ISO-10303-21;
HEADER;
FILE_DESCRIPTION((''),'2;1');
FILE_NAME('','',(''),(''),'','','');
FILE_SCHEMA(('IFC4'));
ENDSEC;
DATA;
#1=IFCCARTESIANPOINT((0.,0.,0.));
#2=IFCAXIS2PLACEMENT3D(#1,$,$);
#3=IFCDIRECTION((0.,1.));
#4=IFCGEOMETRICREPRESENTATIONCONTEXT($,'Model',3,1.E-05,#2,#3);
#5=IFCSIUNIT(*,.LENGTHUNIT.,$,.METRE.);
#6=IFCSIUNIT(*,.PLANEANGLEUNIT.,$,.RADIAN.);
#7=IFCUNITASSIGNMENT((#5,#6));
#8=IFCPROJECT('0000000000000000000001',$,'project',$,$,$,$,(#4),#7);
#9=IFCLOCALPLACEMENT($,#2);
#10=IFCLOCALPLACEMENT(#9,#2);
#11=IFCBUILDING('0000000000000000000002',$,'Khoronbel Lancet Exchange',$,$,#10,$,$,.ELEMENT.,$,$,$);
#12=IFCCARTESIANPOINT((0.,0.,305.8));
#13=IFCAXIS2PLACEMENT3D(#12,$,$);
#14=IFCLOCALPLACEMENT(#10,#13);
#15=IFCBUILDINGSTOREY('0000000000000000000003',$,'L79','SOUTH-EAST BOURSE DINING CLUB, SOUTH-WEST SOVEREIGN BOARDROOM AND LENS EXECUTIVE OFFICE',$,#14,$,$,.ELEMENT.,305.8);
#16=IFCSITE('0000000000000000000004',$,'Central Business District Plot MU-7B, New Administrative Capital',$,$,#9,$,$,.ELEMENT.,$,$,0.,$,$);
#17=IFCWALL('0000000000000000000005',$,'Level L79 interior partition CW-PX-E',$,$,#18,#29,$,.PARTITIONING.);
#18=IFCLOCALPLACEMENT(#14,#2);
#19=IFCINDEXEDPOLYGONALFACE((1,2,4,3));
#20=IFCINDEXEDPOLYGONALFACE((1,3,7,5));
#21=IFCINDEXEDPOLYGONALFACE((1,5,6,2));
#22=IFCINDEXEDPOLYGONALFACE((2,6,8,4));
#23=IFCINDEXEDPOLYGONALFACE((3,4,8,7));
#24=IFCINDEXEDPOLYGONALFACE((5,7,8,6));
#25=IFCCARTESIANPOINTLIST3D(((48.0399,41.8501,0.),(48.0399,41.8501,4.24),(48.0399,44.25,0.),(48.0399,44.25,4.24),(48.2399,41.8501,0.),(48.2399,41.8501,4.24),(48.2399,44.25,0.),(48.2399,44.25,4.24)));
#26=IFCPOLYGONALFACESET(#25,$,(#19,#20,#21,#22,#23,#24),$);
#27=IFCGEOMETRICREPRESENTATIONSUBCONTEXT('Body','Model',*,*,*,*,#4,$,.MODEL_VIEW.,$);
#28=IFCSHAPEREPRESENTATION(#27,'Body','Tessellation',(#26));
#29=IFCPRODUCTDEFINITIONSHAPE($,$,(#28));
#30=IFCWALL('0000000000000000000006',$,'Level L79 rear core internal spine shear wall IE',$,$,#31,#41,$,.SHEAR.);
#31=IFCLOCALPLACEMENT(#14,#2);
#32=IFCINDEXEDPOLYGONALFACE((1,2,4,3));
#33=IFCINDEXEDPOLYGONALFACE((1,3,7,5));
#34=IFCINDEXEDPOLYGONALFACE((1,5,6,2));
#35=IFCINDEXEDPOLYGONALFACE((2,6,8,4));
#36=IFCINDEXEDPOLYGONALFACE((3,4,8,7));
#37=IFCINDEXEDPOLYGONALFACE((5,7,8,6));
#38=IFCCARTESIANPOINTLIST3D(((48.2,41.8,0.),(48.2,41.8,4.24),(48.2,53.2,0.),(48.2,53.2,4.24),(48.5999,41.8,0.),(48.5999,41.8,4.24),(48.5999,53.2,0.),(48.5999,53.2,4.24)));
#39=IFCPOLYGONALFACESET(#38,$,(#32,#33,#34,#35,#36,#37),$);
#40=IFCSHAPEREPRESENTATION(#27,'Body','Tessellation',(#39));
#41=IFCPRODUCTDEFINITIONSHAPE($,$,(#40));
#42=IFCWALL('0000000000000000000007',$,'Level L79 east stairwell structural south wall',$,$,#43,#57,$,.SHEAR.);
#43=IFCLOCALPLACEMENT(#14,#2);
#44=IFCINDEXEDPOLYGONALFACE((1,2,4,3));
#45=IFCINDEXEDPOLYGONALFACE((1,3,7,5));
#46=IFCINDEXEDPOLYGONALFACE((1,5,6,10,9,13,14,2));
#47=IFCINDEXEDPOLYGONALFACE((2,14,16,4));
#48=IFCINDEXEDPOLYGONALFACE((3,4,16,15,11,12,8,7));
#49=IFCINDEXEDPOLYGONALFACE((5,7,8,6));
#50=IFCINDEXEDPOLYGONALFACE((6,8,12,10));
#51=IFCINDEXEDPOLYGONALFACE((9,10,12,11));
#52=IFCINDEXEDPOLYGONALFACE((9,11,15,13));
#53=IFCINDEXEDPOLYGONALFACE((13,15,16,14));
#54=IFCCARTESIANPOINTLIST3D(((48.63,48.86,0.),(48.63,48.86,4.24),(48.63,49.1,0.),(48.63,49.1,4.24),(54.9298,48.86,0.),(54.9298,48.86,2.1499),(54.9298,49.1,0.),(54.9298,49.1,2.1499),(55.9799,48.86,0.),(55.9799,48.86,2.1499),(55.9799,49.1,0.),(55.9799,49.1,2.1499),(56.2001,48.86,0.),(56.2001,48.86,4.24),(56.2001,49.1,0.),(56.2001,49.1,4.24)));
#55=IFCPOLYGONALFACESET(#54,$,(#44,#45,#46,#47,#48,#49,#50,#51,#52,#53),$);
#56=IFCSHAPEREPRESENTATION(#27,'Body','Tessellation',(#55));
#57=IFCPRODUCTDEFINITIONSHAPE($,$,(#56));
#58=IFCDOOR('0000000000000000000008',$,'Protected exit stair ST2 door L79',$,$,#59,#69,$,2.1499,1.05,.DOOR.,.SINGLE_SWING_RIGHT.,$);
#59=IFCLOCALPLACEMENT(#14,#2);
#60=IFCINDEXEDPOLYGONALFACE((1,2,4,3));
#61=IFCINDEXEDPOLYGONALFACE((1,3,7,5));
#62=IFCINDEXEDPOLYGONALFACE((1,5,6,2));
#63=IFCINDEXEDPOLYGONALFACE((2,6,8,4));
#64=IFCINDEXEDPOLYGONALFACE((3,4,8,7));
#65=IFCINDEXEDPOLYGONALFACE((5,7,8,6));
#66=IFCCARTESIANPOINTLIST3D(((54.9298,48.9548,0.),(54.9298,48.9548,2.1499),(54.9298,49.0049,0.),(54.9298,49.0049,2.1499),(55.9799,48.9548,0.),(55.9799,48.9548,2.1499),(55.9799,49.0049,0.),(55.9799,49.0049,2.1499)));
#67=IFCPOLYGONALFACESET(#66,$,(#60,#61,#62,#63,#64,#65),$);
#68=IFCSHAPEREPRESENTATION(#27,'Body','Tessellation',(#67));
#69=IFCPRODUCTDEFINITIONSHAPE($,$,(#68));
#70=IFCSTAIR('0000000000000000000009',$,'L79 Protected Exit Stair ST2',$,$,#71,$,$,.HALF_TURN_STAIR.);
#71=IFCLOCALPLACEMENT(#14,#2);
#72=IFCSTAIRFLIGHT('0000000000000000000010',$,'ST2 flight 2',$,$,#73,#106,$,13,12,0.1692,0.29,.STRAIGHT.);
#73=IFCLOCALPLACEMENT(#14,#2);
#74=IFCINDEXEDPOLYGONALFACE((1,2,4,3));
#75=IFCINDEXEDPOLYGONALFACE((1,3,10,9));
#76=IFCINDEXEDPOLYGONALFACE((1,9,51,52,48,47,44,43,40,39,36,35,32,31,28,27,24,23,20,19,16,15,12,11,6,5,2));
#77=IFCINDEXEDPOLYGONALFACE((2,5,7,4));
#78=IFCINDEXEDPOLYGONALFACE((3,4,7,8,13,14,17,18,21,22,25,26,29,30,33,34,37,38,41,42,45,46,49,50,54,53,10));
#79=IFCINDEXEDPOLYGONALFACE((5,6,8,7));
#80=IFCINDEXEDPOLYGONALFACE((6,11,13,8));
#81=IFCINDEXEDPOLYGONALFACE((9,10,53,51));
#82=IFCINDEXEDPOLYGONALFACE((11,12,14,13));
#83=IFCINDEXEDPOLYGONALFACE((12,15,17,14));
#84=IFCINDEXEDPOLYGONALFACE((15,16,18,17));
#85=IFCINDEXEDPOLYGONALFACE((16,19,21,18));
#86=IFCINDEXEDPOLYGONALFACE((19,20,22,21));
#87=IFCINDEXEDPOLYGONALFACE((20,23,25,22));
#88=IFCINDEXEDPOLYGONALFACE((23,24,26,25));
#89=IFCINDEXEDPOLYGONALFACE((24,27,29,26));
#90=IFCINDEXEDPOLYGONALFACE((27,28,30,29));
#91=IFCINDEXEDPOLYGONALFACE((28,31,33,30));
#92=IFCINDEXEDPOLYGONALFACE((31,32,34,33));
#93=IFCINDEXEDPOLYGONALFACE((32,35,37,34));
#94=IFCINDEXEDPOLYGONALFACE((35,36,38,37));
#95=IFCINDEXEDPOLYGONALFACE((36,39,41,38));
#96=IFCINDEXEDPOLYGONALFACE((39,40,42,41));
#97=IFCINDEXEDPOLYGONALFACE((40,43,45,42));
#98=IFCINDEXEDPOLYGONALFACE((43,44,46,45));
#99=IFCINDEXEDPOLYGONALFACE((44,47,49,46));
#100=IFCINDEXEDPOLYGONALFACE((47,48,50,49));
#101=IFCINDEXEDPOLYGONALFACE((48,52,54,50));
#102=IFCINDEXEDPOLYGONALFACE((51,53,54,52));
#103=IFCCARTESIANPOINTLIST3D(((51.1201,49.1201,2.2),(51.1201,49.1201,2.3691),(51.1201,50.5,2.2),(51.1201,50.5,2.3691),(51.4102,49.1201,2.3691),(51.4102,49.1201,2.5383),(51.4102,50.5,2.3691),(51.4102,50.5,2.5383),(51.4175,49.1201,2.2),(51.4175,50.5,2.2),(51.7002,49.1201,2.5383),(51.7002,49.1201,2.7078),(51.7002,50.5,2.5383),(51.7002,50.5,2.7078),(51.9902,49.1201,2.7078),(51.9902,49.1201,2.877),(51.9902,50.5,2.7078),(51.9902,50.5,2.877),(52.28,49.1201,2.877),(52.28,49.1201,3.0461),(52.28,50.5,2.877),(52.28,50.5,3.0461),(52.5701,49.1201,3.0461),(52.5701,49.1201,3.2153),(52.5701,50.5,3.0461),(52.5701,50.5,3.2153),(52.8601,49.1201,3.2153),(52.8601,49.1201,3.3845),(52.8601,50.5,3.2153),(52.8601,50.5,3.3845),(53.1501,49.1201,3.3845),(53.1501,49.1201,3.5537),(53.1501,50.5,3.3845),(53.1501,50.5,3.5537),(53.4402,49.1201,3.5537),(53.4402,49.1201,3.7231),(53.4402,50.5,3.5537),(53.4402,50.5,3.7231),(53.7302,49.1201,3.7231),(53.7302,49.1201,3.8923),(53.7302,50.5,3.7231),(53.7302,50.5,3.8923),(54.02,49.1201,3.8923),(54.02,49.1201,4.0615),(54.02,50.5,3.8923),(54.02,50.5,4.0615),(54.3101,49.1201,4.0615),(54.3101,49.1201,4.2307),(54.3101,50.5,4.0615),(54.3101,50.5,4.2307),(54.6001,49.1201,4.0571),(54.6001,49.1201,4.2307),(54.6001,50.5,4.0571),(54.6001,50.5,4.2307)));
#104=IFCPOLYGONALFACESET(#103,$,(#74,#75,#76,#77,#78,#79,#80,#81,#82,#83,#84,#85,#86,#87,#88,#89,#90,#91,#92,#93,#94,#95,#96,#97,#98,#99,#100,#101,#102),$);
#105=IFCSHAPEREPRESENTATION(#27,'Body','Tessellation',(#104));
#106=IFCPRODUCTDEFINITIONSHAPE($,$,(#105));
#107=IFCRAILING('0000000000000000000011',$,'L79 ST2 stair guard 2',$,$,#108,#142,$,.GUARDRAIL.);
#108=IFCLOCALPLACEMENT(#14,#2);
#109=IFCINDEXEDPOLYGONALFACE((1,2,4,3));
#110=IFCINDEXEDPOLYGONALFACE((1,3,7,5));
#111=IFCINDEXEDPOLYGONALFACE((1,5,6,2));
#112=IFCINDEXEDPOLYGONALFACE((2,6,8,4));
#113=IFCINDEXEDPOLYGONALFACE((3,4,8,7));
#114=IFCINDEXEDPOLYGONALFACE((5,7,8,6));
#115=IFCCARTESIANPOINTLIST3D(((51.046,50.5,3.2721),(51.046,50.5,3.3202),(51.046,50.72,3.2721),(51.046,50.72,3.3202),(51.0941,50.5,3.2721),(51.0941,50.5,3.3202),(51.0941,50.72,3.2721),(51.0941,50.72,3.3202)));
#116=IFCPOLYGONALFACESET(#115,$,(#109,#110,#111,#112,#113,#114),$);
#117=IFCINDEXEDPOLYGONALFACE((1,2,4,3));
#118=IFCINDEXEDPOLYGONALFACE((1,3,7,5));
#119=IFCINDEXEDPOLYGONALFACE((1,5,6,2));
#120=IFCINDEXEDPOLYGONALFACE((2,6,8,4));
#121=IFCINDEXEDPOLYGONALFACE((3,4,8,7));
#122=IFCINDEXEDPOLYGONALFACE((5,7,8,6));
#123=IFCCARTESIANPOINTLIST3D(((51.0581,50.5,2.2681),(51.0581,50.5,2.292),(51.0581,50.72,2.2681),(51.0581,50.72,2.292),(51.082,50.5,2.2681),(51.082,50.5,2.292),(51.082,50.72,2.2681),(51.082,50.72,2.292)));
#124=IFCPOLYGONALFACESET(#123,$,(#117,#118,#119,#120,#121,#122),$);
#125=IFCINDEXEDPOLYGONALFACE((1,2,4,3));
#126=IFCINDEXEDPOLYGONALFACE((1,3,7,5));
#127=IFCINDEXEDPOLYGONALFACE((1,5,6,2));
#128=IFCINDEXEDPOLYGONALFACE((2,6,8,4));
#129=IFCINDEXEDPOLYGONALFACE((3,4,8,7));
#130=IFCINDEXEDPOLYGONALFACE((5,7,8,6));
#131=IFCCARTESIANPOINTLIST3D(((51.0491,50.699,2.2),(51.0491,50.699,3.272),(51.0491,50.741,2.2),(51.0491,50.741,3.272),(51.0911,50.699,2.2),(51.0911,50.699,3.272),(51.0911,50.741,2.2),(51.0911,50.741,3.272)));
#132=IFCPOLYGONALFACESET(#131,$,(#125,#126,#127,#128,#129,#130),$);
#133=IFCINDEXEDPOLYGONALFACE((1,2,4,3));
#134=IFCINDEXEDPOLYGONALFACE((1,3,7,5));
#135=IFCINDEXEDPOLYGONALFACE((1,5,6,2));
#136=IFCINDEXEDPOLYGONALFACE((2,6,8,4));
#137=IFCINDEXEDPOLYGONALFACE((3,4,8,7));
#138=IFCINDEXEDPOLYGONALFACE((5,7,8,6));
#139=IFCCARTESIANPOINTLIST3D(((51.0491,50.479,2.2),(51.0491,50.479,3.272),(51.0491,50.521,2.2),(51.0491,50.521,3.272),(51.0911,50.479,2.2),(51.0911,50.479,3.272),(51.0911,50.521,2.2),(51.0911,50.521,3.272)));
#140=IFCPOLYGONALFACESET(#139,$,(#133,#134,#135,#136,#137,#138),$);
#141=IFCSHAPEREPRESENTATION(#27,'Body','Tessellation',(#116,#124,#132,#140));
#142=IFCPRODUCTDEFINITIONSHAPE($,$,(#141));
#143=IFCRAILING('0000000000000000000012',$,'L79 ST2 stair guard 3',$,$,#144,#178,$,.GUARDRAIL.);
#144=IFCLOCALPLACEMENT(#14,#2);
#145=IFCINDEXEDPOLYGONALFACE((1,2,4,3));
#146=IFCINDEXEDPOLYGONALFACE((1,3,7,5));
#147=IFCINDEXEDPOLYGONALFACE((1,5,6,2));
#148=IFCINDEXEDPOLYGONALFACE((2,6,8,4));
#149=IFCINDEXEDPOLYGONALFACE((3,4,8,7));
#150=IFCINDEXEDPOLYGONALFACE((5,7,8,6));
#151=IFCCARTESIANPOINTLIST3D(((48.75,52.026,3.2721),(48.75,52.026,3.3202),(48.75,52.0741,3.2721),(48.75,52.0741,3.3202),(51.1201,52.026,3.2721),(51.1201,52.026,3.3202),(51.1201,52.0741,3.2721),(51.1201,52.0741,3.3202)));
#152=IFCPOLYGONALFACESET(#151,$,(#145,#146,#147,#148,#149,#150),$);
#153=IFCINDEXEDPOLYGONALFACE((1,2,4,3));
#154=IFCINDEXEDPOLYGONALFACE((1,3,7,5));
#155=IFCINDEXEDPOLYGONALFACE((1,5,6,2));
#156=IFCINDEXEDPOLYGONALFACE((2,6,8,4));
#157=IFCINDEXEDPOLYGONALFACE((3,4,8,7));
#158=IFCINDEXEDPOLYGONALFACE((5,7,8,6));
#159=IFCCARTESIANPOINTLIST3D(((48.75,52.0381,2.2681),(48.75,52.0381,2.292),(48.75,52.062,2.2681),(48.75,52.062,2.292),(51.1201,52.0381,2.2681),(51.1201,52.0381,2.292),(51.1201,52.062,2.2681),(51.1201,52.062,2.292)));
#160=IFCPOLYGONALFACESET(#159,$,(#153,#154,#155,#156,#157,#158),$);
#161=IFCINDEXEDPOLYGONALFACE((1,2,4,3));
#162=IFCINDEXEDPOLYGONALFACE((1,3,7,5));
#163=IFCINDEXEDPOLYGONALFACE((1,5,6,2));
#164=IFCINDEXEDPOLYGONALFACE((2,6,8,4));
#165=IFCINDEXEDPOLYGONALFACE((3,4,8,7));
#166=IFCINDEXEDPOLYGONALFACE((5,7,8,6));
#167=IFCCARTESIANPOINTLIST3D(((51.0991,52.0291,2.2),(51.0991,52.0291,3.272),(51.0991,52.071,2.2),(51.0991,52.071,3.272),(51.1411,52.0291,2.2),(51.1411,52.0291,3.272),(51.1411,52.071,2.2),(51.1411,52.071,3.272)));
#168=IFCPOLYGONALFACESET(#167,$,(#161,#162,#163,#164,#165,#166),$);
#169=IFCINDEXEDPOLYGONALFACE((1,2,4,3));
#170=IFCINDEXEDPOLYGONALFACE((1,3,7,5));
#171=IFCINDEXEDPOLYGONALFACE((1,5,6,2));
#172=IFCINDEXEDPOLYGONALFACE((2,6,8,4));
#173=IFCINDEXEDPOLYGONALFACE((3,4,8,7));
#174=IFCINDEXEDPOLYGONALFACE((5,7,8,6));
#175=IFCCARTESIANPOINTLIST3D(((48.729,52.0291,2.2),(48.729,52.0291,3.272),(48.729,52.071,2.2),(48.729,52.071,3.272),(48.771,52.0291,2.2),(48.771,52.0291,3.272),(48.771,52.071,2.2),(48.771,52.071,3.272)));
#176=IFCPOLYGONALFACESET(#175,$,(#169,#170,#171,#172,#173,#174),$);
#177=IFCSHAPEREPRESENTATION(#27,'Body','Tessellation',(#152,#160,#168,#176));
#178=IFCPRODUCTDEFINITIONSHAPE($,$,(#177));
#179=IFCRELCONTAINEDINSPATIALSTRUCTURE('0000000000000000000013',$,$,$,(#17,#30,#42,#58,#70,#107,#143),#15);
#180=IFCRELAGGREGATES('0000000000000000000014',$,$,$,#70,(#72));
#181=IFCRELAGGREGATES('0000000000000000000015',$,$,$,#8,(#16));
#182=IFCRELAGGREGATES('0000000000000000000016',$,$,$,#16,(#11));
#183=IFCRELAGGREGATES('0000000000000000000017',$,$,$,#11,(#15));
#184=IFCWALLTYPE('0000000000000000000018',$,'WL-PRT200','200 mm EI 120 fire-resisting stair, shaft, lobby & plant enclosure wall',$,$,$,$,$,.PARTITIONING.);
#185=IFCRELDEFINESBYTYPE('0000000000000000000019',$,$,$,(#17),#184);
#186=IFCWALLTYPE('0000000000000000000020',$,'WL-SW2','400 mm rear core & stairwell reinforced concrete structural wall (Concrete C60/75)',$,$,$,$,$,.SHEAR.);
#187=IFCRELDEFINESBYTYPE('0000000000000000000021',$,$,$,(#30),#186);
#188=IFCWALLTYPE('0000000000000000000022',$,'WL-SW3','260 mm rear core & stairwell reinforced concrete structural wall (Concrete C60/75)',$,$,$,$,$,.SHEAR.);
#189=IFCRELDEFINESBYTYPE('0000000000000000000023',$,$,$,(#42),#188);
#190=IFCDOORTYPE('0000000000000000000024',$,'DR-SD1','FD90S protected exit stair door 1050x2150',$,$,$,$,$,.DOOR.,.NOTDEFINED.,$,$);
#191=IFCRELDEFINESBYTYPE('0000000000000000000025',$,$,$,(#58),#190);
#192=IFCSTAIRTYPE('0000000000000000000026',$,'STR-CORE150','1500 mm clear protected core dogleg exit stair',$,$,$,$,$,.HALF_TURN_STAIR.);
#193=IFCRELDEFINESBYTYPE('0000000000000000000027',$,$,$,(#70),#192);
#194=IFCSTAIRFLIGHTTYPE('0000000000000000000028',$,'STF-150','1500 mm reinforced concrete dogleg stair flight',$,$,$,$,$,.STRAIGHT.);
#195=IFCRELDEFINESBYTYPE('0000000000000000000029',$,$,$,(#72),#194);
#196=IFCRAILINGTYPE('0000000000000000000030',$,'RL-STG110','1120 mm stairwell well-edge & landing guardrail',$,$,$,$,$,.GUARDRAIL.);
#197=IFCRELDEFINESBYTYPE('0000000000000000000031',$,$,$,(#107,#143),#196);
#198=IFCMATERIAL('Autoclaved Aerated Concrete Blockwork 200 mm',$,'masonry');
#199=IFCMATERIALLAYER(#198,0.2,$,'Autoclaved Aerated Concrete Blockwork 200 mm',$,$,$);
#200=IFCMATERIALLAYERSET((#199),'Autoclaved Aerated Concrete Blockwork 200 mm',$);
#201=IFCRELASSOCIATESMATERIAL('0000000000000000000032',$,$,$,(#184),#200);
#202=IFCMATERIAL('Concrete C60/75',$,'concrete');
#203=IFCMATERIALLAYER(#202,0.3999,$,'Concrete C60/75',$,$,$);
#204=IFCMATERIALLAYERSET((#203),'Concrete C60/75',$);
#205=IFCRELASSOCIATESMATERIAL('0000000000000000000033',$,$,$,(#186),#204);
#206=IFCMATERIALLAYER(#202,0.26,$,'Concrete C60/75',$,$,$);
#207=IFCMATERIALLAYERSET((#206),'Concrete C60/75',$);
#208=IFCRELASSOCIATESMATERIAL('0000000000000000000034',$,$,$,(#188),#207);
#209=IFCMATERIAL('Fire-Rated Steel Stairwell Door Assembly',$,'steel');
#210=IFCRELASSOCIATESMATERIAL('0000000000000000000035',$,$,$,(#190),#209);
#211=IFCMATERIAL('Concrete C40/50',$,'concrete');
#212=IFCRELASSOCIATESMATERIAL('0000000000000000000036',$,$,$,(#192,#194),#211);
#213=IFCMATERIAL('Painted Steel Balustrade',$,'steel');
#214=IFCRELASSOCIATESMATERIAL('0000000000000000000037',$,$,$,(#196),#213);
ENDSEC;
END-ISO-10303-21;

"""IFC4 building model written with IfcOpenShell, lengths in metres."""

from ifc_helpers import new_model, si_unit, direction, frame, frame_2d, origin, origin_2d, place, context, subcontext, project, spatial, polyline, rectangle, outline, extrude, material, layer, layer_set, type_object, element, fill, aggregate, save


model = new_model("IFC4")

# Units and contexts
model_context = context("Model", 3, precision=1e-05, world=origin(), true_north=direction((0.0, 1.0)))
body_context = subcontext(model_context, "Body", "Model", "MODEL_VIEW")
ifc_project = project(units=[si_unit("LENGTHUNIT", "METRE"), si_unit("PLANEANGLEUNIT", "RADIAN")], contexts=[model_context])

# Site, building, storey
site_placement = place(None, origin())
site = spatial("IfcSite", under=ifc_project, at=site_placement, Name="Central Business District Plot MU-7B, New Administrative Capital", CompositionType="ELEMENT", RefElevation=0.0)
building_placement = place(site_placement, origin())
building = spatial("IfcBuilding", under=site, at=building_placement, Name="Khoronbel Lancet Exchange", CompositionType="ELEMENT")
storey_placement = place(building_placement, frame((0.0, 0.0, 305.8)))
storey = spatial("IfcBuildingStorey", under=building, at=storey_placement, Name="L79", Description="SOUTH-EAST BOURSE DINING CLUB, SOUTH-WEST SOVEREIGN BOARDROOM AND LENS EXECUTIVE OFFICE", CompositionType="ELEMENT", Elevation=305.8)

# Shared definitions
ifc_material_1 = material(Name="Autoclaved Aerated Concrete Blockwork 200 mm", Category="masonry")
ifc_layer_1 = layer(ifc_material_1, 0.2, Name="Autoclaved Aerated Concrete Blockwork 200 mm")
ifc_layer_set_1 = layer_set([ifc_layer_1], Name="Autoclaved Aerated Concrete Blockwork 200 mm")
wall_type_1 = type_object("IfcWallType", Name="WL-PRT200", Description="200 mm EI 120 fire-resisting stair, shaft, lobby & plant enclosure wall", PredefinedType="PARTITIONING", material=ifc_layer_set_1)

# Walls
for number, where, z_axis, x_axis, name in (
    (1, (48.1399, 41.8501, 0.0), (0.0, 0.0, 1.0), (0.0, 1.0, 0.0), "Level L79 interior partition CW-PX-E"),
):
    element("IfcWall", number, at=place(storey_placement, frame(where, z_axis=z_axis, x_axis=x_axis)), inside=storey, type_object=wall_type_1, Name=name, PredefinedType="PARTITIONING", context=body_context, shape_type="SweptSolid", body=[
        extrude(rectangle(XDim=2.3999, YDim=0.2, at=frame_2d((1.2, 0.0))), origin(), (0.0, 0.0, 1.0), 4.24),
    ])
ifc_material_2 = material(Name="Concrete C60/75", Category="concrete")
ifc_layer_2 = layer(ifc_material_2, 0.3999, Name="Concrete C60/75")
ifc_layer_set_2 = layer_set([ifc_layer_2], Name="Concrete C60/75")
wall_type_2 = type_object("IfcWallType", Name="WL-SW2", Description="400 mm rear core & stairwell reinforced concrete structural wall (Concrete C60/75)", PredefinedType="SHEAR", material=ifc_layer_set_2)
wall_1_placement = place(storey_placement, frame((48.3999, 41.8, 0.0), z_axis=(0.0, 0.0, 1.0), x_axis=(0.0, 1.0, 0.0)))
element("IfcWall", 2, at=wall_1_placement, inside=storey, type_object=wall_type_2, Name="Level L79 rear core internal spine shear wall IE", PredefinedType="SHEAR", context=body_context, shape_type="SweptSolid", body=[
    extrude(rectangle(XDim=11.3999, YDim=0.3999, at=frame_2d((5.7, 0.0))), origin(), (0.0, 0.0, 1.0), 4.24),
])

# Wall, opening, door
ifc_layer_3 = layer(ifc_material_2, 0.26, Name="Concrete C60/75")
ifc_layer_set_3 = layer_set([ifc_layer_3], Name="Concrete C60/75")
wall_type_3 = type_object("IfcWallType", Name="WL-SW3", Description="260 mm rear core & stairwell reinforced concrete structural wall (Concrete C60/75)", PredefinedType="SHEAR", material=ifc_layer_set_3)
wall_2_placement = place(storey_placement, frame((48.6299, 48.98, 0.0), z_axis=(0.0, 0.0, 1.0), x_axis=(1.0, 0.0, 0.0)))
wall_2 = element("IfcWall", 3, at=wall_2_placement, inside=storey, type_object=wall_type_3, Name="Level L79 east stairwell structural south wall", PredefinedType="SHEAR", context=body_context, shape_type="SweptSolid", body=[
    extrude(rectangle(XDim=7.5701, YDim=0.24, at=frame_2d((3.7852, 0.0))), origin(), (0.0, 0.0, 1.0), 4.24),
])
opening_1_placement = place(wall_2_placement, frame((6.3, 0.0, 0.0)))
opening_1 = element("IfcOpeningElement", 4, at=opening_1_placement, cuts=wall_2, PredefinedType="OPENING", context=body_context, shape_type="SweptSolid", body=[
    extrude(rectangle(XDim=1.05, YDim=2.1499, at=frame_2d((0.5249, 1.075))), frame((0.0, 0.1299, 0.0), z_axis=(0.0, -1.0, 0.0), x_axis=(1.0, 0.0, 0.0)), (0.0, 0.0, 1.0), 0.26),
])
ifc_material_3 = material(Name="Fire-Rated Steel Stairwell Door Assembly", Category="steel")
door_type_1 = type_object("IfcDoorType", Name="DR-SD1", Description="FD90S protected exit stair door 1050x2150", OperationType="NOTDEFINED", PredefinedType="DOOR", material=ifc_material_3)
door_1_placement = place(opening_1_placement, origin())
door_1 = element("IfcDoor", 5, at=door_1_placement, inside=storey, type_object=door_type_1, Name="Protected exit stair ST2 door L79", OperationType="SINGLE_SWING_RIGHT", OverallHeight=2.1499, OverallWidth=1.05, PredefinedType="DOOR", context=body_context, shape_type="SweptSolid", body=[
    extrude(rectangle(XDim=1.05, YDim=2.1499, at=frame_2d((0.5249, 1.075))), frame((0.0, 0.0249, 0.0), z_axis=(0.0, -1.0, 0.0), x_axis=(1.0, 0.0, 0.0)), (0.0, 0.0, 1.0), 0.05),
])
fill(opening_1, door_1)

# Stair, stair flight
ifc_material_4 = material(Name="Concrete C40/50", Category="concrete")
stair_type = type_object("IfcStairType", Name="STR-CORE150", Description="1500 mm clear protected core dogleg exit stair", PredefinedType="HALF_TURN_STAIR", material=ifc_material_4)
stair_placement = place(storey_placement, origin())
stair = element("IfcStair", 6, at=stair_placement, inside=storey, type_object=stair_type, Name="L79 Protected Exit Stair ST2", PredefinedType="HALF_TURN_STAIR")
stair_flight_type = type_object("IfcStairFlightType", Name="STF-150", Description="1500 mm reinforced concrete dogleg stair flight", PredefinedType="STRAIGHT", material=ifc_material_4)
stair_flight_placement = place(storey_placement, frame((51.1201, 49.8101, 2.2), z_axis=(0.0, 0.0, 1.0), x_axis=(1.0, 0.0, 0.0)))
stair_flight = element("IfcStairFlight", 7, at=stair_flight_placement, type_object=stair_flight_type, Name="ST2 flight 2", NumberOfRisers=13, NumberOfTreads=12, PredefinedType="STRAIGHT", RiserHeight=0.1692, TreadLength=0.29, context=body_context, shape_type="SweptSolid", body=[
    extrude(outline(polyline([(0.0, 0.0), (0.0, 0.1692), (0.29, 0.1692), (0.29, 0.3384), (0.5801, 0.3384), (0.5801, 0.5078), (0.8701, 0.5078), (0.8701, 0.677), (1.1599, 0.677), (1.1599, 0.8462), (1.45, 0.8462), (1.45, 1.0154), (1.74, 1.0154), (1.74, 1.1846), (2.03, 1.1846), (2.03, 1.3538), (2.3201, 1.3538), (2.3201, 1.5232), (2.6101, 1.5232), (2.6101, 1.6924), (2.8999, 1.6924), (2.8999, 1.8616), (3.1899, 1.8616), (3.1899, 2.0308), (3.48, 2.0308), (3.48, 2.2), (3.48, 1.8572), (0.2974, 0.0), (0.0, 0.0)])), frame((0.0, 0.6899, 0.0), z_axis=(0.0, -1.0, 0.0), x_axis=(1.0, 0.0, 0.0)), (0.0, 0.0, 1.0), 1.3799),
])
aggregate(stair, [stair_flight])

# Railings
ifc_material_5 = material(Name="Painted Steel Balustrade", Category="steel")
railing_type_1 = type_object("IfcRailingType", Name="RL-STG110", Description="1120 mm stairwell well-edge & landing guardrail", PredefinedType="GUARDRAIL", material=ifc_material_5)
railing_1_placement = place(storey_placement, frame((51.0701, 50.72, 2.2)))
element("IfcRailing", 8, at=railing_1_placement, inside=storey, type_object=railing_type_1, Name="L79 ST2 stair guard 2", PredefinedType="GUARDRAIL", context=body_context, shape_type="SweptSolid", body=[
    extrude(rectangle(XDim=0.0481, YDim=0.0481, at=origin_2d()), frame((0.0, 0.0, 1.0962), z_axis=(0.0, -1.0, 0.0), x_axis=(1.0, 0.0, 0.0)), (0.0, 0.0, 1.0), 0.22),
    extrude(rectangle(XDim=0.0239, YDim=0.0239, at=origin_2d()), frame((0.0, 0.0, 0.0801), z_axis=(0.0, -1.0, 0.0), x_axis=(1.0, 0.0, 0.0)), (0.0, 0.0, 1.0), 0.22),
    extrude(rectangle(XDim=0.042, YDim=0.042, at=origin_2d()), origin(), (0.0, 0.0, 1.0), 1.072),
    extrude(rectangle(XDim=0.042, YDim=0.042, at=origin_2d()), frame((0.0, -0.22, 0.0)), (0.0, 0.0, 1.0), 1.072),
])
railing_2_placement = place(storey_placement, frame((51.1201, 52.05, 2.2)))
element("IfcRailing", 9, at=railing_2_placement, inside=storey, type_object=railing_type_1, Name="L79 ST2 stair guard 3", PredefinedType="GUARDRAIL", context=body_context, shape_type="SweptSolid", body=[
    extrude(rectangle(XDim=0.0481, YDim=0.0481, at=origin_2d()), frame((0.0, 0.0, 1.0962), z_axis=(-1.0, 0.0, 0.0), x_axis=(0.0, -1.0, 0.0)), (0.0, 0.0, 1.0), 2.3701),
    extrude(rectangle(XDim=0.0239, YDim=0.0239, at=origin_2d()), frame((0.0, 0.0, 0.0801), z_axis=(-1.0, 0.0, 0.0), x_axis=(0.0, -1.0, 0.0)), (0.0, 0.0, 1.0), 2.3701),
    extrude(rectangle(XDim=0.042, YDim=0.042, at=origin_2d()), origin(), (0.0, 0.0, 1.0), 1.072),
    extrude(rectangle(XDim=0.042, YDim=0.042, at=origin_2d()), frame((-2.3701, 0.0, 0.0)), (0.0, 0.0, 1.0), 1.072),
])

save(model, "model.ifc")
